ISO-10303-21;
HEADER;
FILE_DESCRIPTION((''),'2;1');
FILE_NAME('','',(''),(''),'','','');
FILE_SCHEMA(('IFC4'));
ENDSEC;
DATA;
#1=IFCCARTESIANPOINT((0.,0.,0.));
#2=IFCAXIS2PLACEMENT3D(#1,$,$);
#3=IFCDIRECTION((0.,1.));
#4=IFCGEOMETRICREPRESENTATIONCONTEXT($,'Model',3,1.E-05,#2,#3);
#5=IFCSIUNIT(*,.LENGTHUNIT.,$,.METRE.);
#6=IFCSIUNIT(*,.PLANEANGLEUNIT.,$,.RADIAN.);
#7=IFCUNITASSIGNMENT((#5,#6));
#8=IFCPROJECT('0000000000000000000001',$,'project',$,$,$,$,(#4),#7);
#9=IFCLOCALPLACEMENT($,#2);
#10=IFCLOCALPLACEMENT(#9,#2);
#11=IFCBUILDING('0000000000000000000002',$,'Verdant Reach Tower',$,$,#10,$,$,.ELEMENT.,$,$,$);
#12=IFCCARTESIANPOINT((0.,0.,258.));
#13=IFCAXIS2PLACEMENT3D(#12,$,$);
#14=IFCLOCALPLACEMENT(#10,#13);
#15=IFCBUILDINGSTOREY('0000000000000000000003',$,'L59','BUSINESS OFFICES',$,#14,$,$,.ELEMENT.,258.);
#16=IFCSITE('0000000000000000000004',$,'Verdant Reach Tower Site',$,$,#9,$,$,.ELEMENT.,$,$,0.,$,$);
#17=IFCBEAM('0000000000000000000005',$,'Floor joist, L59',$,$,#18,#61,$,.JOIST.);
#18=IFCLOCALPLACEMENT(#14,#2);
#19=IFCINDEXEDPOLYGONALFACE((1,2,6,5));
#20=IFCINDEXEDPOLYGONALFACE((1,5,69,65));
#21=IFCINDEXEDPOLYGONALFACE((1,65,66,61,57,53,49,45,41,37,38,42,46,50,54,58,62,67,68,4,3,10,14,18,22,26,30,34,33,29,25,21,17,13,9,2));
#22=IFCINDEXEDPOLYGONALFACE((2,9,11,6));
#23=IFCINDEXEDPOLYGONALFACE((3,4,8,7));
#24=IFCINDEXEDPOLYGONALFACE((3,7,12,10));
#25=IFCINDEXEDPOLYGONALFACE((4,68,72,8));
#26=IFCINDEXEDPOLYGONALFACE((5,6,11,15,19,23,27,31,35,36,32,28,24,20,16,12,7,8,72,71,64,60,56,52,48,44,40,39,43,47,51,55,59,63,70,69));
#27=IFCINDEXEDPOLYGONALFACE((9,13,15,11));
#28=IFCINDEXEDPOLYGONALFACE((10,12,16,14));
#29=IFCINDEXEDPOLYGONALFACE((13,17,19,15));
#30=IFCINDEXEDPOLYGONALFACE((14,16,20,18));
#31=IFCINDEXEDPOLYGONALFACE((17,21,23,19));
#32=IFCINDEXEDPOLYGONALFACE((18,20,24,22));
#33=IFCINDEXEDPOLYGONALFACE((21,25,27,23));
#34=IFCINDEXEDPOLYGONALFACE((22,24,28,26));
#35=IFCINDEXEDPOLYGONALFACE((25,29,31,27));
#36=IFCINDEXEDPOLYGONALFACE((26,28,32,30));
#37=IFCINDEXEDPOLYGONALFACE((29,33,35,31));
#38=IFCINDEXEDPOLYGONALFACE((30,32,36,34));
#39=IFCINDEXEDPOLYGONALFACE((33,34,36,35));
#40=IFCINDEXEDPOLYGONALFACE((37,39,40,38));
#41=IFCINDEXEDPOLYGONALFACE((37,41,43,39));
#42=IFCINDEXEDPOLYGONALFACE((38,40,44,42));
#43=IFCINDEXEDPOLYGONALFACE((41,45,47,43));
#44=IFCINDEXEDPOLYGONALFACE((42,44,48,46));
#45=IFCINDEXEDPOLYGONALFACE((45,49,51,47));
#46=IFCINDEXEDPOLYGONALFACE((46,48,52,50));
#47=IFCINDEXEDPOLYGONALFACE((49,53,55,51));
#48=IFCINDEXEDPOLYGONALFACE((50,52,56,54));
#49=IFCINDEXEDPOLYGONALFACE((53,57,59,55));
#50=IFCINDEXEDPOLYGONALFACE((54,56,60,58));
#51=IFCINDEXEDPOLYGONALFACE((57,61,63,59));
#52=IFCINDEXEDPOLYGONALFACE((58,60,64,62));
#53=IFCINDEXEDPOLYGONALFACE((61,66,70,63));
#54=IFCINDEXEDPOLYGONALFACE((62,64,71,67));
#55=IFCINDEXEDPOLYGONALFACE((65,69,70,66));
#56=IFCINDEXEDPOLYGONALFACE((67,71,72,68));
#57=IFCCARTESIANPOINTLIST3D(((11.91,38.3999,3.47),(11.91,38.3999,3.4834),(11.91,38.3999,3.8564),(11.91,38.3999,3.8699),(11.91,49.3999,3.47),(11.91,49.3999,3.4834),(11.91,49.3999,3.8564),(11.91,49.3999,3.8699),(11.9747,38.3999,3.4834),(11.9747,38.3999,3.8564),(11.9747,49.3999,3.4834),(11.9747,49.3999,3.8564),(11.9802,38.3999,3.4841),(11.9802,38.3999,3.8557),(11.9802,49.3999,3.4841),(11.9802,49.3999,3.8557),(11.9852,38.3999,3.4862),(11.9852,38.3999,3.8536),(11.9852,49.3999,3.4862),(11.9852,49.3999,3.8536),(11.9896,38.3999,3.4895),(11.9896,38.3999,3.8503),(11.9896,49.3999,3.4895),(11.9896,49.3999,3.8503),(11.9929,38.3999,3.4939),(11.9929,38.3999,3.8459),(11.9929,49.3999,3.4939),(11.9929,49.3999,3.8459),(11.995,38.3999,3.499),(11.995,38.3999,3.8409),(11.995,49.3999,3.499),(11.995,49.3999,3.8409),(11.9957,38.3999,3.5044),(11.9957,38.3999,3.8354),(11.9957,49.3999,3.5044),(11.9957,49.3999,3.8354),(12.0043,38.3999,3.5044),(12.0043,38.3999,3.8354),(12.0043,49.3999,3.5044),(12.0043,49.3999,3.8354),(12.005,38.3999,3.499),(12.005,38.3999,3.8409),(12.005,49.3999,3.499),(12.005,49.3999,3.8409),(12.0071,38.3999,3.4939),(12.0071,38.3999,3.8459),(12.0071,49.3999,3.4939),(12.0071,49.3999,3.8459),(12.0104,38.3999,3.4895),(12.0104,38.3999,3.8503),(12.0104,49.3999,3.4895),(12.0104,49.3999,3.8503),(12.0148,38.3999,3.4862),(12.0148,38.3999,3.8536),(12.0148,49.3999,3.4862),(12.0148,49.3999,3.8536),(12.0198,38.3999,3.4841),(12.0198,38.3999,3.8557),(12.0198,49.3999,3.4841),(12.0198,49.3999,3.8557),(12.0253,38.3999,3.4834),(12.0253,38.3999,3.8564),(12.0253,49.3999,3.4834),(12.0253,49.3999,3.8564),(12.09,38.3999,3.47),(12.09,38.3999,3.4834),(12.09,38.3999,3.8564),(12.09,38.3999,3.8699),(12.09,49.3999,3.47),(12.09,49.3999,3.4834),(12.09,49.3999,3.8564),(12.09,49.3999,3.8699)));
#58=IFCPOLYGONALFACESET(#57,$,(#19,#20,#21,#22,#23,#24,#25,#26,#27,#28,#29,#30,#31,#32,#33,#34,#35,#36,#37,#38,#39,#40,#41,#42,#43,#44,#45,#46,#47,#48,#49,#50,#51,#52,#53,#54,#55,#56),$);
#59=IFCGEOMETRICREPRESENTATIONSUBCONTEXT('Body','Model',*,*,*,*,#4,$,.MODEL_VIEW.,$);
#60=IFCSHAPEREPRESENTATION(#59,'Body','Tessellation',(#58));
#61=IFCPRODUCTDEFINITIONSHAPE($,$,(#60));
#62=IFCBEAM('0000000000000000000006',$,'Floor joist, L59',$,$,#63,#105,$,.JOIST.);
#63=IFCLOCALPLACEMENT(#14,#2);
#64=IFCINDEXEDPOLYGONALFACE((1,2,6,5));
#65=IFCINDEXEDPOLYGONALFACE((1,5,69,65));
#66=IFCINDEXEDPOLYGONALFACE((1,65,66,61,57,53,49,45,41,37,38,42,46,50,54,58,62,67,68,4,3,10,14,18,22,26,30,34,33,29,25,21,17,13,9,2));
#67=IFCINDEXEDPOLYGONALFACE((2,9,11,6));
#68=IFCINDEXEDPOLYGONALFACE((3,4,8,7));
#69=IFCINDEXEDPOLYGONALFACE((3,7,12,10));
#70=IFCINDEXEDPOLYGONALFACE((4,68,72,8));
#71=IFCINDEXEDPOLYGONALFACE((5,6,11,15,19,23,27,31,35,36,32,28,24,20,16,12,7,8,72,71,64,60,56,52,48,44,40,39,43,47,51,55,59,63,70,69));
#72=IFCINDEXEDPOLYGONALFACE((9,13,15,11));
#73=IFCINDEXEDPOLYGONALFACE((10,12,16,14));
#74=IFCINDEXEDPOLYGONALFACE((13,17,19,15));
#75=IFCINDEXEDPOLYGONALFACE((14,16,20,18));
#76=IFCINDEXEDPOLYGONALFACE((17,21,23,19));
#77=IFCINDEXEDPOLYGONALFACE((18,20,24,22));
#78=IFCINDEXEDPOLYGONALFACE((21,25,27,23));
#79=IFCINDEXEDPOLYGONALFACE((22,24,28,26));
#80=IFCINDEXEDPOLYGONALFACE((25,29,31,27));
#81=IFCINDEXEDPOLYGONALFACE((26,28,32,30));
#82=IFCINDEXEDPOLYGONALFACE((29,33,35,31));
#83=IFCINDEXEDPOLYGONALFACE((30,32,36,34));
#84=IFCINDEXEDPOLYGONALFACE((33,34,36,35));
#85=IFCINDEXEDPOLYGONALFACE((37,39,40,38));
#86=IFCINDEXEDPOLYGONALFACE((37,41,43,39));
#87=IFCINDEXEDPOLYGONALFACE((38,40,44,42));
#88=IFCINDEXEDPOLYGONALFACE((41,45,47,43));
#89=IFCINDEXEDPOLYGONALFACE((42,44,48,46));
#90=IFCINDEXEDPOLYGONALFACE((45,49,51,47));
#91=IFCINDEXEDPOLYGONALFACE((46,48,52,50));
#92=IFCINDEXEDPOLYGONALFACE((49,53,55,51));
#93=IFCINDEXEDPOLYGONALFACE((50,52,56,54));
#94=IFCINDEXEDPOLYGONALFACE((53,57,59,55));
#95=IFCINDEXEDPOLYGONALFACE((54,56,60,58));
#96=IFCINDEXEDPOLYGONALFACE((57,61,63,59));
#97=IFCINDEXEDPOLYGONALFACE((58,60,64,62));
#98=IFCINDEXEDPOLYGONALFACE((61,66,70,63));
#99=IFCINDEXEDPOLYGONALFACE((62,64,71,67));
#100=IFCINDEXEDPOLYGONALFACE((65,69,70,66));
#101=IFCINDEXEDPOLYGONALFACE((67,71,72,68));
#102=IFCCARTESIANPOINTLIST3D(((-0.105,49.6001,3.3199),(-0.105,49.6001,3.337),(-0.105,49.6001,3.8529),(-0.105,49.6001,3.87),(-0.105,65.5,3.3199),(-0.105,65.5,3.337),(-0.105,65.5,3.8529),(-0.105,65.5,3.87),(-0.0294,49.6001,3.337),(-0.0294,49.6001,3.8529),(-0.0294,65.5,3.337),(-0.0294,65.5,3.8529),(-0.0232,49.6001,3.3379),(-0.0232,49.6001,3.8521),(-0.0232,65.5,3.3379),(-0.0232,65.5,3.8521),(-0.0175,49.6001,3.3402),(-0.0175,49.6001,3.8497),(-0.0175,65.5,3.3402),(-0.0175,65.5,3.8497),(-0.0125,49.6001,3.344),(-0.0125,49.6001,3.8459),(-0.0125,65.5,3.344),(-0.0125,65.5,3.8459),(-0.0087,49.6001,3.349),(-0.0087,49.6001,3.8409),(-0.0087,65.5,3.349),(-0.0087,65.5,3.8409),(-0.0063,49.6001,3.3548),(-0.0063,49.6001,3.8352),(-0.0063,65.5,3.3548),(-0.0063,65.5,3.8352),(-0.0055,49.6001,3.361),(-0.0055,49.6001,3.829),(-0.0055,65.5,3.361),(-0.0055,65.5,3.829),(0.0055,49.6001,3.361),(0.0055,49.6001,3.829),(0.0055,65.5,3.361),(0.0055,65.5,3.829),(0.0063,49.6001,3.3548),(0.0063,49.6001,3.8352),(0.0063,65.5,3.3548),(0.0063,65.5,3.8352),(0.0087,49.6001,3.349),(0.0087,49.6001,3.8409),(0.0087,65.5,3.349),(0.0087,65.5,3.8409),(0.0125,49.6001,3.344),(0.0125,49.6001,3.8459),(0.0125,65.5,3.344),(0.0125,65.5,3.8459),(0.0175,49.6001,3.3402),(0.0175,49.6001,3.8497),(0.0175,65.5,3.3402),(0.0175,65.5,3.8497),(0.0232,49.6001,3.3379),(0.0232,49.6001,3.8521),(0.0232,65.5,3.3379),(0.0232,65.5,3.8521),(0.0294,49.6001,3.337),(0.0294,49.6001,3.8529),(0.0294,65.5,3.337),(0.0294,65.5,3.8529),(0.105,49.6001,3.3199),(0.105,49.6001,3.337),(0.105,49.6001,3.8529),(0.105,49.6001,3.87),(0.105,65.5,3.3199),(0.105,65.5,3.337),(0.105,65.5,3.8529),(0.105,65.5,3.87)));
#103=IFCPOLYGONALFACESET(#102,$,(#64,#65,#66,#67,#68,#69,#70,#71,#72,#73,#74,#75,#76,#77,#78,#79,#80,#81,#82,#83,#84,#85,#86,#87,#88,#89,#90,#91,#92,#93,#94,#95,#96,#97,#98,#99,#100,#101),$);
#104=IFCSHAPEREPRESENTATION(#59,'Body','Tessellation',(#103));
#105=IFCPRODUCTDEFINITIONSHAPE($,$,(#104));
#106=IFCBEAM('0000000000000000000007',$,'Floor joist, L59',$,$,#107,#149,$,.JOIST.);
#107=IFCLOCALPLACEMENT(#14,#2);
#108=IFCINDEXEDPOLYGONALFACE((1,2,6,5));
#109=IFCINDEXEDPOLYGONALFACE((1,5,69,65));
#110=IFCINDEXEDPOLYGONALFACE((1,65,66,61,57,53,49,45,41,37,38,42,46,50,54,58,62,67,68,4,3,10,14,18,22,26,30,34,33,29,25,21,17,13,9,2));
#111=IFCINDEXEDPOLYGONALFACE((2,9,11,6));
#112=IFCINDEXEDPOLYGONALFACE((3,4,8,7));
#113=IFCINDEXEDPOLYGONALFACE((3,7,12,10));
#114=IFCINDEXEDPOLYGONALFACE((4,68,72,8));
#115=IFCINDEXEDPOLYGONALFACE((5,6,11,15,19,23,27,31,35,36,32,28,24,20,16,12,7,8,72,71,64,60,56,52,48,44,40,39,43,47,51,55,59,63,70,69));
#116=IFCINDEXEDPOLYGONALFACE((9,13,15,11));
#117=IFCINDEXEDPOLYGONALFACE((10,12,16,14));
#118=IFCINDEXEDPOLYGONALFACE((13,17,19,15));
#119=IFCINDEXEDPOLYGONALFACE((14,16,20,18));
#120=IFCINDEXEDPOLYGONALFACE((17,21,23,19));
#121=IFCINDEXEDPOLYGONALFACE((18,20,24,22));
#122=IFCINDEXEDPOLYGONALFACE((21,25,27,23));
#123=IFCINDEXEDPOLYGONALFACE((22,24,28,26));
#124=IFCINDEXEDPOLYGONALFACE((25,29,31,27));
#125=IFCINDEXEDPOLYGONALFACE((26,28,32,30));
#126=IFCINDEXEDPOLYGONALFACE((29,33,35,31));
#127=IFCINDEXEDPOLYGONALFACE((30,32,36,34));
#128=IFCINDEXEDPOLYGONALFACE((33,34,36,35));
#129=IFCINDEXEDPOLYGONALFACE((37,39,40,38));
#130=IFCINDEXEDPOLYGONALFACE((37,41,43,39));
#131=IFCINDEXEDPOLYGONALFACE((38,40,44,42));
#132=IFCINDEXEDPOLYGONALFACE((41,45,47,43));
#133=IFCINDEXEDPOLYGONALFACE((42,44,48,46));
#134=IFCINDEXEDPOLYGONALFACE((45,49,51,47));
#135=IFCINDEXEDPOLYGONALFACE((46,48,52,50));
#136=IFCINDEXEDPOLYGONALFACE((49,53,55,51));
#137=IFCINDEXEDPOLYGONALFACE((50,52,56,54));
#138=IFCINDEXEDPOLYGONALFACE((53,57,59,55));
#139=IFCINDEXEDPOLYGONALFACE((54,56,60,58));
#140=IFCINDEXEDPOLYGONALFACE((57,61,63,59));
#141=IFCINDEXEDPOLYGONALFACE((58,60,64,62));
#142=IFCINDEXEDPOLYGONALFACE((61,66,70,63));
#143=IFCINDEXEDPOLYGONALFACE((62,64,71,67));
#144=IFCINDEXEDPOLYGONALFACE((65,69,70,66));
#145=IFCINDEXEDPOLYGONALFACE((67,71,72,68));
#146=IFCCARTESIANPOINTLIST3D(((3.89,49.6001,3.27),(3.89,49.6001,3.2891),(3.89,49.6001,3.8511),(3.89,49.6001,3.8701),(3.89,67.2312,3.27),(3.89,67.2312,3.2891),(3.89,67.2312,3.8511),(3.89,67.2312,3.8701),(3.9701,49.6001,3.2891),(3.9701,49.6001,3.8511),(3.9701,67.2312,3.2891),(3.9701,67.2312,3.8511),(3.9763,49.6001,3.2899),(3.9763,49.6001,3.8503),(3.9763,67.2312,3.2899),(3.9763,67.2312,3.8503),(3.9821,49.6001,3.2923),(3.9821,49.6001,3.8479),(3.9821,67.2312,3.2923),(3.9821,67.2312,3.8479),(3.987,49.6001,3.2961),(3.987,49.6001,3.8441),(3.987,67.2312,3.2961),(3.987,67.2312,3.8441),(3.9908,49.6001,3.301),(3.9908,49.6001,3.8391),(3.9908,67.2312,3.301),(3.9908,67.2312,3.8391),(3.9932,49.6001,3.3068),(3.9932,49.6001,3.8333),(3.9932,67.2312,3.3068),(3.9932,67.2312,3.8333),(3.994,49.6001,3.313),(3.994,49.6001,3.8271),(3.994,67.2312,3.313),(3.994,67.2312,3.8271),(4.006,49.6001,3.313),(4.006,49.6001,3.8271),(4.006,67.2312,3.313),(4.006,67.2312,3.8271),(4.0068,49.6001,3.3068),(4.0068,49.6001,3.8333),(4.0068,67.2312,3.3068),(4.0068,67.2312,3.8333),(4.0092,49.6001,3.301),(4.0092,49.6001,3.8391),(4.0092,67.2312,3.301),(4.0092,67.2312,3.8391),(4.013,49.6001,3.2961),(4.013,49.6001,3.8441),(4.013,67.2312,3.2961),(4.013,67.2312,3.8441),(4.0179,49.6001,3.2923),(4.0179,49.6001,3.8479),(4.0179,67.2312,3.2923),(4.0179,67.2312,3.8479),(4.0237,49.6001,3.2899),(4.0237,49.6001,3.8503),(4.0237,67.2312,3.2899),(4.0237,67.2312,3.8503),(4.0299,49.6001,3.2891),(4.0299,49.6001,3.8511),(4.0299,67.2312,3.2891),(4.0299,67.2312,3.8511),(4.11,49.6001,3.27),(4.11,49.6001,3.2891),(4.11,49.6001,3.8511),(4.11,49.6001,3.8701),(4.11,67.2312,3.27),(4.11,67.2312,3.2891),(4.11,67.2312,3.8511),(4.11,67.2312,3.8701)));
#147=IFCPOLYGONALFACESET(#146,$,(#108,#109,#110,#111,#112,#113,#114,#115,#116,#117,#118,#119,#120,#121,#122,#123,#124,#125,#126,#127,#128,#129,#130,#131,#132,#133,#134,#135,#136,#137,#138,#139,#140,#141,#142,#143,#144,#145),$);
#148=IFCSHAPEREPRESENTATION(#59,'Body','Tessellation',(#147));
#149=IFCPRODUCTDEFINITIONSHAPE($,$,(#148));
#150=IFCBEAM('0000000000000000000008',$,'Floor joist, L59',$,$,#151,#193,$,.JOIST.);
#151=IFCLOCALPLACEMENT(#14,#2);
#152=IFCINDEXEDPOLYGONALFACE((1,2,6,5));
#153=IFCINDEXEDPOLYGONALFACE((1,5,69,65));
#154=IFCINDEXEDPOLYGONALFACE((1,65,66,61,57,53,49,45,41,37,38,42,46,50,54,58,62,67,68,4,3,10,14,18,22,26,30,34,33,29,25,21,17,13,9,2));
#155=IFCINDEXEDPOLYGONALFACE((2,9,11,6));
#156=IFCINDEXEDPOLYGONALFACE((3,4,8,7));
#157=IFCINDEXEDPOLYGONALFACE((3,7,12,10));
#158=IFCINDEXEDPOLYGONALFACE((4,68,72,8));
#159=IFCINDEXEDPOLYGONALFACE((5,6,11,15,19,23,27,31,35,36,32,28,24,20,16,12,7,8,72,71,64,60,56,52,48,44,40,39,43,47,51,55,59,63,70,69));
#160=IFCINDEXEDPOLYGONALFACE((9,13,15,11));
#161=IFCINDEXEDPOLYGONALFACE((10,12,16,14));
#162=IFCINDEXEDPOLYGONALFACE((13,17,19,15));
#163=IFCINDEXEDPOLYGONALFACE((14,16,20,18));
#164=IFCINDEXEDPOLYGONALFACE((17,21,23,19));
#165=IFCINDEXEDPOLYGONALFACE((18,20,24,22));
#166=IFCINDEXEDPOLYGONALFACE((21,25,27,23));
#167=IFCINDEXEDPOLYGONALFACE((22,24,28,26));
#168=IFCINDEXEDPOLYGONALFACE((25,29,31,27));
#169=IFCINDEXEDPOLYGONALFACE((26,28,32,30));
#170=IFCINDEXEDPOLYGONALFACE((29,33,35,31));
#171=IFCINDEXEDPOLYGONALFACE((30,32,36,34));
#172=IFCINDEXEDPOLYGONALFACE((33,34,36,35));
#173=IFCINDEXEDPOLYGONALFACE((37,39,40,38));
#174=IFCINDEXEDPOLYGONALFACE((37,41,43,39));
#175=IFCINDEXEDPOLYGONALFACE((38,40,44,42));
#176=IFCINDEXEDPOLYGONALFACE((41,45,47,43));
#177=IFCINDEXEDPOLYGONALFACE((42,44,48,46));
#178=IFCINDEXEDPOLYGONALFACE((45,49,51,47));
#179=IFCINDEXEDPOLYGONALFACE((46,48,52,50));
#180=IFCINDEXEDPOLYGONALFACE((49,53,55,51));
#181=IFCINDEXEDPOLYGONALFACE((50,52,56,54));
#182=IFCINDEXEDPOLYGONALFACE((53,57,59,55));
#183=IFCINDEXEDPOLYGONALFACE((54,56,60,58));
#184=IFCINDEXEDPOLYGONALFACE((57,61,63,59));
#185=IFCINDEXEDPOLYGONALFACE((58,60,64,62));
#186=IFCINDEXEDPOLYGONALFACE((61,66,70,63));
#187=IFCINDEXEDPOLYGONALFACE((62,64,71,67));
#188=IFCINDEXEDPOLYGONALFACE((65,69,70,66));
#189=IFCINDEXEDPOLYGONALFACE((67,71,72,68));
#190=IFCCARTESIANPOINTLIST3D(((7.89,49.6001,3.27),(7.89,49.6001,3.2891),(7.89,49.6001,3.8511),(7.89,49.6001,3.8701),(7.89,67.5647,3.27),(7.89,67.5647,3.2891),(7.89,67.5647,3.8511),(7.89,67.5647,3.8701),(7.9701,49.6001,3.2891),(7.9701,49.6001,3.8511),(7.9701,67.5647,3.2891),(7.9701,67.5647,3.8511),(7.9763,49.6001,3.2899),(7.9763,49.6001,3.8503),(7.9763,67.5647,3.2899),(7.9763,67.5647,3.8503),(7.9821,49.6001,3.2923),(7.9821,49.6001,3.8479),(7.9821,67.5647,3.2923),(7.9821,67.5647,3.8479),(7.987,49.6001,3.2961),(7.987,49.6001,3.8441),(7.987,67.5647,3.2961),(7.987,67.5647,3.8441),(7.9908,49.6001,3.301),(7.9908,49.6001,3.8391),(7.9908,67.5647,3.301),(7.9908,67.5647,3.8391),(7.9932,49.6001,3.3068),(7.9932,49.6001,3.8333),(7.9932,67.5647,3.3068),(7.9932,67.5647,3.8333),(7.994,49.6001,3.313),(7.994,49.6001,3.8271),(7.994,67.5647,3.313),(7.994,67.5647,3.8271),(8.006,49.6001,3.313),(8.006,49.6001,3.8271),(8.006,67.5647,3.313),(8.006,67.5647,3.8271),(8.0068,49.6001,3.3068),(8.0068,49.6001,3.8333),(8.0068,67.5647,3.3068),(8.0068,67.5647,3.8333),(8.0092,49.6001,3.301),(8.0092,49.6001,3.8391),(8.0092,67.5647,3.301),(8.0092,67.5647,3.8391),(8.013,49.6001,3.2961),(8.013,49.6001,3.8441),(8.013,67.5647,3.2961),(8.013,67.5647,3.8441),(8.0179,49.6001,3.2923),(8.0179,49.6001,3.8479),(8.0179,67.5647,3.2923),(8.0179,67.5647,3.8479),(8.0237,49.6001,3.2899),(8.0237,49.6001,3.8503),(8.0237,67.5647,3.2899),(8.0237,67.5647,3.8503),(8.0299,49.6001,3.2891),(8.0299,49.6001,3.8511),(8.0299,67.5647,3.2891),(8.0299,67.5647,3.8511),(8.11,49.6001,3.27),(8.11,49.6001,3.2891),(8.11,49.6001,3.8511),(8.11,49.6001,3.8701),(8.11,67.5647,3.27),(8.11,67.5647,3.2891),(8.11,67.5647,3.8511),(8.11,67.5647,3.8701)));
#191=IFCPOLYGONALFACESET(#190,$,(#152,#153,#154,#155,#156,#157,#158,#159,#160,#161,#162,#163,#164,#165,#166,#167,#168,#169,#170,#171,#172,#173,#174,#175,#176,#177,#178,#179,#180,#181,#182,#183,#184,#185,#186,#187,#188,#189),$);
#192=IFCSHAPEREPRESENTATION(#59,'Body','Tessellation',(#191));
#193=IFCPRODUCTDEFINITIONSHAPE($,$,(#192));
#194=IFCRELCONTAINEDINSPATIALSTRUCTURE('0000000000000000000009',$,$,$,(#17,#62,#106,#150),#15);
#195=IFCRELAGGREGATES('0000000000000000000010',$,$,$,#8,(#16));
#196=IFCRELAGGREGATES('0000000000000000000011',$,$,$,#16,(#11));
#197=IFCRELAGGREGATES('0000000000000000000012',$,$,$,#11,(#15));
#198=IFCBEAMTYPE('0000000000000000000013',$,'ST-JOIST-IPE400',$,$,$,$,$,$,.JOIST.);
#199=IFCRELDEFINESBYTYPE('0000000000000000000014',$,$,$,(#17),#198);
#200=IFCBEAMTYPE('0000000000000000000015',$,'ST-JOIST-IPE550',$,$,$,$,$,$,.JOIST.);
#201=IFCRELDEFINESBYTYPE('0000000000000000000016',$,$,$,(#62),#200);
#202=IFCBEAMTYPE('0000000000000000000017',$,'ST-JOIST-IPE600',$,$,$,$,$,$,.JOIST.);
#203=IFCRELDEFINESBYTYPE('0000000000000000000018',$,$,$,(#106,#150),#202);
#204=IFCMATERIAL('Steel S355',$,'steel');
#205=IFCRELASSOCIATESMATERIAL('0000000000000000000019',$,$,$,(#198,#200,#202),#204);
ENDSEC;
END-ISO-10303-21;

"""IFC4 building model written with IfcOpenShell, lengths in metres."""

from ifc_helpers import new_model, si_unit, direction, frame, origin, origin_2d, place, context, subcontext, project, spatial, i_section, extrude, material, material_profile, profile_set, type_object, element, save


model = new_model("IFC4")

# Units and contexts
model_context = context("Model", 3, precision=1e-05, world=origin(), true_north=direction((0.0, 1.0)))
body_context = subcontext(model_context, "Body", "Model", "MODEL_VIEW")
ifc_project = project(units=[si_unit("LENGTHUNIT", "METRE"), si_unit("PLANEANGLEUNIT", "RADIAN")], contexts=[model_context])

# Site, building, storey
site_placement = place(None, origin())
site = spatial("IfcSite", under=ifc_project, at=site_placement, Name="Verdant Reach Tower Site", CompositionType="ELEMENT", RefElevation=0.0)
building_placement = place(site_placement, origin())
building = spatial("IfcBuilding", under=site, at=building_placement, Name="Verdant Reach Tower", CompositionType="ELEMENT")
storey_placement = place(building_placement, frame((0.0, 0.0, 258.0)))
storey = spatial("IfcBuildingStorey", under=building, at=storey_placement, Name="L59", Description="BUSINESS OFFICES", CompositionType="ELEMENT", Elevation=258.0)

# Beams
ifc_material_1 = material(Name="Steel S355", Category="steel")
ifc_material_profile_1 = material_profile(ifc_material_1, i_section(OverallWidth=0.1799, OverallDepth=0.3999, WebThickness=0.0085, FlangeThickness=0.0134, FilletRadius=0.021, at=origin_2d()), Name="IPE 400")
ifc_profile_set_1 = profile_set([ifc_material_profile_1], Name="Steel S355")
beam_type_1 = type_object("IfcBeamType", Name="ST-JOIST-IPE400", PredefinedType="JOIST", material=ifc_profile_set_1)
for number, where, z_axis, x_axis, name in (
    (1, (12.0, 38.3999, 3.6699), (0.0, 1.0, 0.0), (-1.0, 0.0, 0.0), "Floor joist, L59"),
):
    element("IfcBeam", number, at=place(storey_placement, frame(where, z_axis=z_axis, x_axis=x_axis)), inside=storey, type_object=beam_type_1, Name=name, PredefinedType="JOIST", context=body_context, shape_type="SweptSolid", body=[
        extrude(i_section(OverallWidth=0.1799, OverallDepth=0.3999, WebThickness=0.0085, FlangeThickness=0.0134, FilletRadius=0.021, at=origin_2d()), origin(), (0.0, 0.0, 1.0), 11.0),
    ])
ifc_material_profile_2 = material_profile(ifc_material_1, i_section(OverallWidth=0.21, OverallDepth=0.55, WebThickness=0.011, FlangeThickness=0.0171, FilletRadius=0.0239, at=origin_2d()), Name="IPE 550")
ifc_profile_set_2 = profile_set([ifc_material_profile_2], Name="Steel S355")
beam_type_2 = type_object("IfcBeamType", Name="ST-JOIST-IPE550", PredefinedType="JOIST", material=ifc_profile_set_2)
beam_1_placement = place(storey_placement, frame((0.0, 49.6001, 3.595), z_axis=(0.0, 1.0, 0.0), x_axis=(-1.0, 0.0, 0.0)))
element("IfcBeam", 2, at=beam_1_placement, inside=storey, type_object=beam_type_2, Name="Floor joist, L59", PredefinedType="JOIST", context=body_context, shape_type="SweptSolid", body=[
    extrude(i_section(OverallWidth=0.21, OverallDepth=0.55, WebThickness=0.011, FlangeThickness=0.0171, FilletRadius=0.0239, at=origin_2d()), origin(), (0.0, 0.0, 1.0), 15.8999),
])
ifc_material_profile_3 = material_profile(ifc_material_1, i_section(OverallWidth=0.22, OverallDepth=0.6001, WebThickness=0.012, FlangeThickness=0.019, FilletRadius=0.0239, at=origin_2d()), Name="IPE 600")
ifc_profile_set_3 = profile_set([ifc_material_profile_3], Name="Steel S355")
beam_type_3 = type_object("IfcBeamType", Name="ST-JOIST-IPE600", PredefinedType="JOIST", material=ifc_profile_set_3)
beam_2_placement = place(storey_placement, frame((4.0, 49.6001, 3.5701), z_axis=(0.0, 1.0, 0.0), x_axis=(-1.0, 0.0, 0.0)))
element("IfcBeam", 3, at=beam_2_placement, inside=storey, type_object=beam_type_3, Name="Floor joist, L59", PredefinedType="JOIST", context=body_context, shape_type="SweptSolid", body=[
    extrude(i_section(OverallWidth=0.22, OverallDepth=0.6001, WebThickness=0.012, FlangeThickness=0.019, FilletRadius=0.0239, at=origin_2d()), origin(), (0.0, 0.0, 1.0), 17.6311),
])
beam_3_placement = place(storey_placement, frame((8.0, 49.6001, 3.5701), z_axis=(0.0, 1.0, 0.0), x_axis=(-1.0, 0.0, 0.0)))
element("IfcBeam", 4, at=beam_3_placement, inside=storey, type_object=beam_type_3, Name="Floor joist, L59", PredefinedType="JOIST", context=body_context, shape_type="SweptSolid", body=[
    extrude(i_section(OverallWidth=0.22, OverallDepth=0.6001, WebThickness=0.012, FlangeThickness=0.019, FilletRadius=0.0239, at=origin_2d()), origin(), (0.0, 0.0, 1.0), 17.9646),
])

save(model, "model.ifc")
